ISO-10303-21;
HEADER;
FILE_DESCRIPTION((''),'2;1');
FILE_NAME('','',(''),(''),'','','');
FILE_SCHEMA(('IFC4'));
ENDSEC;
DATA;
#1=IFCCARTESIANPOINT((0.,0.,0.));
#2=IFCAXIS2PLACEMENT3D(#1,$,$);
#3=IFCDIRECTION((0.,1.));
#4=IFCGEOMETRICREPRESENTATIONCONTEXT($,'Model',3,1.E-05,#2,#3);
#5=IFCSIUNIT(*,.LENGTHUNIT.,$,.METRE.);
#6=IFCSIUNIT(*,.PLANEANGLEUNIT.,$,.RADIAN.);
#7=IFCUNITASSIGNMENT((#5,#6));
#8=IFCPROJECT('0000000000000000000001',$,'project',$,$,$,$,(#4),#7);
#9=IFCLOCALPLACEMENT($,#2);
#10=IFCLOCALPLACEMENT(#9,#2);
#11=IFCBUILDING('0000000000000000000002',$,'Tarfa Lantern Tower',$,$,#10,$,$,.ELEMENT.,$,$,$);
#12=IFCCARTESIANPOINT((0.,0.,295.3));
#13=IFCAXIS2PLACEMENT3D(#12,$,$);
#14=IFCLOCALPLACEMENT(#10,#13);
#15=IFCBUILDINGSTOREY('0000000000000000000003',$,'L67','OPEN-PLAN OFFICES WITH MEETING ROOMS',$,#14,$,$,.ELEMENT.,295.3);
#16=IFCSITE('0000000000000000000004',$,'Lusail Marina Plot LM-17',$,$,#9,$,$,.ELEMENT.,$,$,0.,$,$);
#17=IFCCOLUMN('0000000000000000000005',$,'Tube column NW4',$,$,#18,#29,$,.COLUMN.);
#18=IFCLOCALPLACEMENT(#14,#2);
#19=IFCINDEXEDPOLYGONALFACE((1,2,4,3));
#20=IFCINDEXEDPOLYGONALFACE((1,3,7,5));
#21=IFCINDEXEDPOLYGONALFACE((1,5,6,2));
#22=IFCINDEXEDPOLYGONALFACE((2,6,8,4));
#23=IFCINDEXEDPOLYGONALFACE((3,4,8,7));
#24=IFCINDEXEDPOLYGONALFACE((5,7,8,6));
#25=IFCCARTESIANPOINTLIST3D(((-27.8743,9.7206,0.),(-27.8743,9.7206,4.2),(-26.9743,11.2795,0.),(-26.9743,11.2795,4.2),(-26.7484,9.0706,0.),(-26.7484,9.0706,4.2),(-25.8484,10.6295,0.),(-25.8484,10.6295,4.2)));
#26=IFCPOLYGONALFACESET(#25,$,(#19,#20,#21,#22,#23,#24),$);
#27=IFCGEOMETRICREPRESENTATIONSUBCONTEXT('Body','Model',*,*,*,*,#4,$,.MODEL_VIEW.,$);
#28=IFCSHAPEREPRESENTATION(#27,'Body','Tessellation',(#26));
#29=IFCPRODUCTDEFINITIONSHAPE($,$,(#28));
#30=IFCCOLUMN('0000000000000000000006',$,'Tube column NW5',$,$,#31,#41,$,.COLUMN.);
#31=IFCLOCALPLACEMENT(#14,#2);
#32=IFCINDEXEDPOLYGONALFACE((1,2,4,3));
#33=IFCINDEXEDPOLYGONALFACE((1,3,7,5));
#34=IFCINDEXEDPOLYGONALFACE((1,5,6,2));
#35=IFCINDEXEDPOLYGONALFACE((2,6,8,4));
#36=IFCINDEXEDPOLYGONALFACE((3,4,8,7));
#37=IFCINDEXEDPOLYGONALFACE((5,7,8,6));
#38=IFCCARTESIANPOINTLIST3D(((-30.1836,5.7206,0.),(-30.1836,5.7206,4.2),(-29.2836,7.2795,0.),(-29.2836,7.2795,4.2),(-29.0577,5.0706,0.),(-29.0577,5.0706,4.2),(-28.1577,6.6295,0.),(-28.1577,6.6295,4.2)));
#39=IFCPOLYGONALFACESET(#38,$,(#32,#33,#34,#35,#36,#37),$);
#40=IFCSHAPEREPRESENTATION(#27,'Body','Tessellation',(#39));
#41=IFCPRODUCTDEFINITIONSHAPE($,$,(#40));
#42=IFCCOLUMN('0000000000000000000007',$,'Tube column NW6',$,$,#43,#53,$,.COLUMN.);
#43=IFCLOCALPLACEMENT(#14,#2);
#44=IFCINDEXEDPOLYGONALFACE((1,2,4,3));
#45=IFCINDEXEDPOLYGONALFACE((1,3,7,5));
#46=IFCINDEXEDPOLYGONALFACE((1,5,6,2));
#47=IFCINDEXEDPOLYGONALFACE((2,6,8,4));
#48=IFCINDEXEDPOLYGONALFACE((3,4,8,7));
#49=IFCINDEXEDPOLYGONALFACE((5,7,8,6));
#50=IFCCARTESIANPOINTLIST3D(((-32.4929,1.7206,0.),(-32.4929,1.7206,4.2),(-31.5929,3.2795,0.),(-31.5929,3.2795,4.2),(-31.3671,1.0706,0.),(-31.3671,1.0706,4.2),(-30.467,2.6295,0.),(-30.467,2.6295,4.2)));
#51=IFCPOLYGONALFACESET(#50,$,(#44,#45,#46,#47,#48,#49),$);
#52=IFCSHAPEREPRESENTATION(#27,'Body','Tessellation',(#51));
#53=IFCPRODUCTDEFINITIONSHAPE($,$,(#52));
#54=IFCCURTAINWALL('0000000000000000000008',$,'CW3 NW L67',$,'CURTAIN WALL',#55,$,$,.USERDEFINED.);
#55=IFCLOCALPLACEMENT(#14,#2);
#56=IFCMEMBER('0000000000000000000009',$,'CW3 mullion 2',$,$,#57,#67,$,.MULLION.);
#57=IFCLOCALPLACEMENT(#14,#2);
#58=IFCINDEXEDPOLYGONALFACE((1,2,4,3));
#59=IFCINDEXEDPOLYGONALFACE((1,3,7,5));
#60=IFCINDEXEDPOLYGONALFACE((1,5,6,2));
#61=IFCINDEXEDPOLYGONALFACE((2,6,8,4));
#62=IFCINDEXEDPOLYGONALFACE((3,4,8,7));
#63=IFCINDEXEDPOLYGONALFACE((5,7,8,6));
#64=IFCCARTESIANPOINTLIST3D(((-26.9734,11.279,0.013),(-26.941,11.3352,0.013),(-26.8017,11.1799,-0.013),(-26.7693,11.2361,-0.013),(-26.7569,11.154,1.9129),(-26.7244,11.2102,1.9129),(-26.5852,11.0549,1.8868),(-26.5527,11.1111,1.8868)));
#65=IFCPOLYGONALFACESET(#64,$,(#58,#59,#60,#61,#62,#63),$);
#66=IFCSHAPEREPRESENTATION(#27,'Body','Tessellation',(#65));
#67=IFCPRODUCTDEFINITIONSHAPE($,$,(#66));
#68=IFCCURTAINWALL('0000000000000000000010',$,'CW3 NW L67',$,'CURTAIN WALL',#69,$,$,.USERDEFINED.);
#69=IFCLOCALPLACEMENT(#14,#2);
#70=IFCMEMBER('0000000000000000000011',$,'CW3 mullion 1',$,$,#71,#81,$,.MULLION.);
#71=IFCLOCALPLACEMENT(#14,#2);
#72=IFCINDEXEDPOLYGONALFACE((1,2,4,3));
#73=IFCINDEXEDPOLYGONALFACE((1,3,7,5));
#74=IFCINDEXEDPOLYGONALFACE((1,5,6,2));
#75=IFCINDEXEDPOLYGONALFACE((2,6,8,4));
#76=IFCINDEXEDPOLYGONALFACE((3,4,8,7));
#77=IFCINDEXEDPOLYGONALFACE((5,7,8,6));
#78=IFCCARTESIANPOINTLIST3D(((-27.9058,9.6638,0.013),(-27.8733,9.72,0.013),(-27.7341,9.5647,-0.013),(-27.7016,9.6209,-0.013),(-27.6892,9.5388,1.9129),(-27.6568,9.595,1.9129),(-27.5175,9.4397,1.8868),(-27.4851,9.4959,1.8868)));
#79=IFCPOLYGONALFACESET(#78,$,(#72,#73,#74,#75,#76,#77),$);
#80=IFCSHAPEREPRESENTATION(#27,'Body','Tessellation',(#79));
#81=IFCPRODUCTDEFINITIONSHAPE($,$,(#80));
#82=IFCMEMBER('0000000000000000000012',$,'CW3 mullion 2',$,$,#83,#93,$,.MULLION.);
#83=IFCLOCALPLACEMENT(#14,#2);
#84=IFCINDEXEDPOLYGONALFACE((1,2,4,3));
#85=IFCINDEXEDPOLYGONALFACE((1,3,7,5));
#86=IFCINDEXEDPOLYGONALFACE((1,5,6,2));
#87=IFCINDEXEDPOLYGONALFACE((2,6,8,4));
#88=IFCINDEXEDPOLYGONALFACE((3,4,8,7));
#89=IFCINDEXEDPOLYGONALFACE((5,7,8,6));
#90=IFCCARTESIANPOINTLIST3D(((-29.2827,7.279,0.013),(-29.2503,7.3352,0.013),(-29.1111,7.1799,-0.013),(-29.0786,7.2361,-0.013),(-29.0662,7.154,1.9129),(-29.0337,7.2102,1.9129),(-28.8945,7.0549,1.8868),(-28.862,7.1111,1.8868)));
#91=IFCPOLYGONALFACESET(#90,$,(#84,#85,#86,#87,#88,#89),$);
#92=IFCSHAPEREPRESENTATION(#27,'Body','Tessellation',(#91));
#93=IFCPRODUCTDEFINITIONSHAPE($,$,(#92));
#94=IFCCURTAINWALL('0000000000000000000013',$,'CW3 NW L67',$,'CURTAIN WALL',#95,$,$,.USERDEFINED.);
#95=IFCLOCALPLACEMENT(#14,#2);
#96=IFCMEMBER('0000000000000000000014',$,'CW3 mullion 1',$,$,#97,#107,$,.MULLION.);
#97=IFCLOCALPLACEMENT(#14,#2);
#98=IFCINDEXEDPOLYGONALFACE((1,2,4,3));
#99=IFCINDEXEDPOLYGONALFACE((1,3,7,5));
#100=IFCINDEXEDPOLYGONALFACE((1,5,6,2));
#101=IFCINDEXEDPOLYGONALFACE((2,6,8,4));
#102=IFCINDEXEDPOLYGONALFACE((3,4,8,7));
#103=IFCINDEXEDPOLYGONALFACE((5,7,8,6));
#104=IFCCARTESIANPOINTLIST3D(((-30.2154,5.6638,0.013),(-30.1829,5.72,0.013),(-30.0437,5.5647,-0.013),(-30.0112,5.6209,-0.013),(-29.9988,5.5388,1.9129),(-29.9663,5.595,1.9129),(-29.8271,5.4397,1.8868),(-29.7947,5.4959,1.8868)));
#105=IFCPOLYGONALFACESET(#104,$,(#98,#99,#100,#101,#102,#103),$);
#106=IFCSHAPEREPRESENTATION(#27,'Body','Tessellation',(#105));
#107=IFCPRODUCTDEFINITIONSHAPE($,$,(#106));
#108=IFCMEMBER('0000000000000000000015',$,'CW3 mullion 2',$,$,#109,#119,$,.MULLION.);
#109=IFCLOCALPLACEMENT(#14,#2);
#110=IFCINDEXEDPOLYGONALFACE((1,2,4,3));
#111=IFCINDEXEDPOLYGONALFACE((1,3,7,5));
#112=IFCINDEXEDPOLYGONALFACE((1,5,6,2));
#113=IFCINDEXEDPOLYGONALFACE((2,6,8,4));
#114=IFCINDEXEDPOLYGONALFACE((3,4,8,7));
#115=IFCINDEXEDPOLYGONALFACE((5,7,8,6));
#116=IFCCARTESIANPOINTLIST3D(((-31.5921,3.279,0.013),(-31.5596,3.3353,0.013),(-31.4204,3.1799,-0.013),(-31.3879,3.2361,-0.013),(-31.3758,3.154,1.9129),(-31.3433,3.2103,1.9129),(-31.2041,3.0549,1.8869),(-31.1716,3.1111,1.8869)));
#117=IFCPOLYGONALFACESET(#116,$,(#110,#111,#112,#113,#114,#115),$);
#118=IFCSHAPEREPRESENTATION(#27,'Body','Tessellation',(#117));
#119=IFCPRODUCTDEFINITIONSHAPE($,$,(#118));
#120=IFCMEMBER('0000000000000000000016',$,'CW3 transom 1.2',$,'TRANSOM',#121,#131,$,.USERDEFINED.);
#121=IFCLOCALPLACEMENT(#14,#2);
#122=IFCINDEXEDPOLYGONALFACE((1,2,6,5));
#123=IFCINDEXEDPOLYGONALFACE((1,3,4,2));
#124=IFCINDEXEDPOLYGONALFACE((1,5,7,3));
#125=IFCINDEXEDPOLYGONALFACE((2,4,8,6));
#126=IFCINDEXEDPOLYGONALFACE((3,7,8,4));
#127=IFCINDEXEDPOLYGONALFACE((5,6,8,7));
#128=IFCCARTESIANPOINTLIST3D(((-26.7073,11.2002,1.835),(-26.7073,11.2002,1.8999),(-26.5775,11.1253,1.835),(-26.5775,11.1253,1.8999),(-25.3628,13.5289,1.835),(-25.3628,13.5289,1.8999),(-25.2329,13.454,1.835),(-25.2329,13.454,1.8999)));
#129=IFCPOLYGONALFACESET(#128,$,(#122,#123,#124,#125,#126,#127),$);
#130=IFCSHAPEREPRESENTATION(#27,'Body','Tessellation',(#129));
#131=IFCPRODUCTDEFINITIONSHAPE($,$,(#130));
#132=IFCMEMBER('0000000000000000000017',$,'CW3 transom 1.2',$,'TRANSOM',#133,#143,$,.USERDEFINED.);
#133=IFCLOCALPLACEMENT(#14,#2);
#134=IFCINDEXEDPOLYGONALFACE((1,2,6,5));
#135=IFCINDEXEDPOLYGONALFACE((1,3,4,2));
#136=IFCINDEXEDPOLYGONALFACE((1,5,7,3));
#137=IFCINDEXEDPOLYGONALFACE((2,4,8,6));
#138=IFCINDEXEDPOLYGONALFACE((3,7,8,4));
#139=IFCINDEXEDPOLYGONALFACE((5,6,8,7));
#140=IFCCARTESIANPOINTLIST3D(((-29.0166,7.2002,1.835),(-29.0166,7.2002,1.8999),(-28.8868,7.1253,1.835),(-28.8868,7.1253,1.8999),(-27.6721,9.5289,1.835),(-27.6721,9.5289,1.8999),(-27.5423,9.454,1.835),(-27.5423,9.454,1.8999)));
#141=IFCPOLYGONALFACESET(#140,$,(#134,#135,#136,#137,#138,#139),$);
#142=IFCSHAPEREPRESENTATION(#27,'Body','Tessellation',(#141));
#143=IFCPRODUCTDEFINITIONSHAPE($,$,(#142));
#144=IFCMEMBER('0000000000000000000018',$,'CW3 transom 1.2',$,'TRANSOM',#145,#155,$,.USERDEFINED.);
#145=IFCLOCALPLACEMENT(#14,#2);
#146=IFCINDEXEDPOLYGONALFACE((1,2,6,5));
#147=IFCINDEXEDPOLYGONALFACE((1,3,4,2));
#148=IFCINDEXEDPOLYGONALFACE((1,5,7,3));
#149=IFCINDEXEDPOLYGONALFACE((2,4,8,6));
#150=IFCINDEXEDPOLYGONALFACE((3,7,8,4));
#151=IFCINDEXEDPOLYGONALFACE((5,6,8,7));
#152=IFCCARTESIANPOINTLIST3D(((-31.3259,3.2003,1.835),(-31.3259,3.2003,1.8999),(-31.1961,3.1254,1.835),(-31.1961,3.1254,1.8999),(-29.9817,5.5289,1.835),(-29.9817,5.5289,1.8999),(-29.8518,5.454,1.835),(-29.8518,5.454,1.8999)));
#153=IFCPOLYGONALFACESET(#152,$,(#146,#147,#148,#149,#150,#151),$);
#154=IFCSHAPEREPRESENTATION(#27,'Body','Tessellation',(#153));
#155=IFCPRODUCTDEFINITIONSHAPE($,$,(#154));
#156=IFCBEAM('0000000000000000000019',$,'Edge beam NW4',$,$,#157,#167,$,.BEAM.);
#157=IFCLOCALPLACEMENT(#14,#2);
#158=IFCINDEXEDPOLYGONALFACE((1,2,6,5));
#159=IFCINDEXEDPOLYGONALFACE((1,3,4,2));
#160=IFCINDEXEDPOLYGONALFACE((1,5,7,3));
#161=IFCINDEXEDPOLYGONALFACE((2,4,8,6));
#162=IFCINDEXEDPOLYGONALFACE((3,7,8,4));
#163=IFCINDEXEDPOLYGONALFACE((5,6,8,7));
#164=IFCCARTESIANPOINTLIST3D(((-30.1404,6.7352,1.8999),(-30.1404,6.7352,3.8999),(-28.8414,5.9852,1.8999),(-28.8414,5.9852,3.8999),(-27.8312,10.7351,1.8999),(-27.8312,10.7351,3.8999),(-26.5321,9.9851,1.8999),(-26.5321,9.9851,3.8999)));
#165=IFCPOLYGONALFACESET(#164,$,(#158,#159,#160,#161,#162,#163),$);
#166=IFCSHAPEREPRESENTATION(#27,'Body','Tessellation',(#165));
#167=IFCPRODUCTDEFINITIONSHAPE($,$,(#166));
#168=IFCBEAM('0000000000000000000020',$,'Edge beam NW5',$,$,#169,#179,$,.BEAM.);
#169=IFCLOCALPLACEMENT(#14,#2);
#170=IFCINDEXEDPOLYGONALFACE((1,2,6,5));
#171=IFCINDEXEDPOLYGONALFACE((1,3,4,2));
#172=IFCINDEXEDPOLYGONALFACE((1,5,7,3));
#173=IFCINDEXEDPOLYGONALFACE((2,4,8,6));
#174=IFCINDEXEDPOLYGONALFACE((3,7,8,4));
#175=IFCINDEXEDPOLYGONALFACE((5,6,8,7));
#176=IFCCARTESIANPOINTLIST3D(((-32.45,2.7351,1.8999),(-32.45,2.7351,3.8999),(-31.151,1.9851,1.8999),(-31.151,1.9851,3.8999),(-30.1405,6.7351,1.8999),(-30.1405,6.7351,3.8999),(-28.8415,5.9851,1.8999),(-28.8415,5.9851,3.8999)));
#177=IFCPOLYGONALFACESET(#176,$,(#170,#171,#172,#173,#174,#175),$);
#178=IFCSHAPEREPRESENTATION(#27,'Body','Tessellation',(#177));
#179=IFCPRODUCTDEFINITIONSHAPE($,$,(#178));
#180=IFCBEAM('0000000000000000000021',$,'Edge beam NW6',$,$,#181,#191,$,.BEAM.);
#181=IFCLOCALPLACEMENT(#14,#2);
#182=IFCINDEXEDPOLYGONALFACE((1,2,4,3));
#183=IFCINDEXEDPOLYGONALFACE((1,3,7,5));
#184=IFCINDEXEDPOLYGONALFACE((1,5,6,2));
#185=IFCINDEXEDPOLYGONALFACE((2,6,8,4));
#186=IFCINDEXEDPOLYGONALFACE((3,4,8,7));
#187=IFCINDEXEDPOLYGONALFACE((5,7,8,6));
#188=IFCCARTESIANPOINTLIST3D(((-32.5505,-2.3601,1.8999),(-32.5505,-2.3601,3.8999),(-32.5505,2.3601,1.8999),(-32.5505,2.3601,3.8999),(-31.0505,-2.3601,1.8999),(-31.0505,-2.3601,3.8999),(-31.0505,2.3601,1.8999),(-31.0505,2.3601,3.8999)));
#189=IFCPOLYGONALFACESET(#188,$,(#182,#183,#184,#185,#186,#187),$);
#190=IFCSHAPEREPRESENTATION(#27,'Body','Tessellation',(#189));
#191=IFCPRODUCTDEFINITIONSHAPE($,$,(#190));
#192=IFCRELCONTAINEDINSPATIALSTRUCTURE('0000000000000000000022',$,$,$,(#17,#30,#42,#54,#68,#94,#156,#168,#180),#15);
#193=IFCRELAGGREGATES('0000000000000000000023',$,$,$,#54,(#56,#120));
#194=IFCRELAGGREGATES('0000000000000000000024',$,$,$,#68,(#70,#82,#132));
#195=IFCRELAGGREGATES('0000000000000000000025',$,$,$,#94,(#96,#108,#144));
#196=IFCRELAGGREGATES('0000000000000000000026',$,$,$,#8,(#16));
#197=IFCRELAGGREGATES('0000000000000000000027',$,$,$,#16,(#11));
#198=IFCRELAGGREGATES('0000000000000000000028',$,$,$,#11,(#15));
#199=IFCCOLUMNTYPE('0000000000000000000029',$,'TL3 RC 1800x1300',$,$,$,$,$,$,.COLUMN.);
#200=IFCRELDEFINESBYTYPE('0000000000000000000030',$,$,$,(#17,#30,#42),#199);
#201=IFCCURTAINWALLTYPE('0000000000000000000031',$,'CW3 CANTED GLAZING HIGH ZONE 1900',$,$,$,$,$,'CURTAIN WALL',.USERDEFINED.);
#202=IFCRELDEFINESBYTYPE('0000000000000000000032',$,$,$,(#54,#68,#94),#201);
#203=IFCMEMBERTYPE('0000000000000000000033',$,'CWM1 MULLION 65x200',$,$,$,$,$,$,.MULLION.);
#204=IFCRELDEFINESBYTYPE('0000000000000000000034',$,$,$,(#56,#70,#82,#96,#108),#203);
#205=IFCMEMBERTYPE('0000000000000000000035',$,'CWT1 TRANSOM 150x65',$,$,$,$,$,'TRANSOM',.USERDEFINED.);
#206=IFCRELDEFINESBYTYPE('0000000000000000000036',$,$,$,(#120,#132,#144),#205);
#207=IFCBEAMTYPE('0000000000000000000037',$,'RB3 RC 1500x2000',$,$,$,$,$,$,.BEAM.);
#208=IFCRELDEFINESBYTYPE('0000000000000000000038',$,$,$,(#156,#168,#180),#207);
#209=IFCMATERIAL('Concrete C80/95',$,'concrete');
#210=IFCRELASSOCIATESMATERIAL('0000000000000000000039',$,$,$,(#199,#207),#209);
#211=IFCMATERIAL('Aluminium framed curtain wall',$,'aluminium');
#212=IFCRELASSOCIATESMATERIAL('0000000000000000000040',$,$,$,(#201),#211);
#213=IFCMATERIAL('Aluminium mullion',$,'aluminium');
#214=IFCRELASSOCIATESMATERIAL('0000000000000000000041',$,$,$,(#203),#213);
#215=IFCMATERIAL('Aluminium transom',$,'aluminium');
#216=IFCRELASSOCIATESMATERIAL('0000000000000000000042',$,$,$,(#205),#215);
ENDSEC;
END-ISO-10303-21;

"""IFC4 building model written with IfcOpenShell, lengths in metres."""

from ifc_helpers import new_model, si_unit, direction, frame, origin, origin_2d, place, context, subcontext, project, spatial, rectangle, extrude, material, material_profile, profile_set, type_object, element, aggregate, save


model = new_model("IFC4")

# Units and contexts
model_context = context("Model", 3, precision=1e-05, world=origin(), true_north=direction((0.0, 1.0)))
body_context = subcontext(model_context, "Body", "Model", "MODEL_VIEW")
ifc_project = project(units=[si_unit("LENGTHUNIT", "METRE"), si_unit("PLANEANGLEUNIT", "RADIAN")], contexts=[model_context])

# Site, building, storey
site_placement = place(None, origin())
site = spatial("IfcSite", under=ifc_project, at=site_placement, Name="Lusail Marina Plot LM-17", CompositionType="ELEMENT", RefElevation=0.0)
building_placement = place(site_placement, origin())
building = spatial("IfcBuilding", under=site, at=building_placement, Name="Tarfa Lantern Tower", CompositionType="ELEMENT")
storey_placement = place(building_placement, frame((0.0, 0.0, 295.3)))
storey = spatial("IfcBuildingStorey", under=building, at=storey_placement, Name="L67", Description="OPEN-PLAN OFFICES WITH MEETING ROOMS", CompositionType="ELEMENT", Elevation=295.3)

# Columns
ifc_material_1 = material(Name="Concrete C80/95", Category="concrete")
ifc_material_profile_1 = material_profile(ifc_material_1, rectangle(XDim=1.8, YDim=1.3, at=origin_2d()), Name="RC 1800x1300")
ifc_profile_set_1 = profile_set([ifc_material_profile_1], Name="Concrete C80/95")
column_type = type_object("IfcColumnType", Name="TL3 RC 1800x1300", PredefinedType="COLUMN", material=ifc_profile_set_1)
for number, where, z_axis, x_axis, name in (
    (1, (-26.8613, 10.175, 0.0), (0.0, 0.0, 1.0), (-0.5, -0.866025, 0.0), "Tube column NW4"),
    (2, (-29.1707, 6.175, 0.0), (0.0, 0.0, 1.0), (-0.5, -0.866025, 0.0), "Tube column NW5"),
    (3, (-31.48, 2.175, 0.0), (0.0, 0.0, 1.0), (-0.5, -0.866025, 0.0), "Tube column NW6"),
):
    element("IfcColumn", number, at=place(storey_placement, frame(where, z_axis=z_axis, x_axis=x_axis)), inside=storey, type_object=column_type, Name=name, PredefinedType="COLUMN", context=body_context, shape_type="SweptSolid", body=[
        extrude(rectangle(XDim=1.8, YDim=1.3, at=origin_2d()), origin(), (0.0, 0.0, 1.0), 4.2),
    ])

# Curtain wall, member
ifc_material_2 = material(Name="Aluminium framed curtain wall", Category="aluminium")
curtain_wall_type = type_object("IfcCurtainWallType", Name="CW3 CANTED GLAZING HIGH ZONE 1900", ElementType="CURTAIN WALL", PredefinedType="USERDEFINED", material=ifc_material_2)
curtain_wall_1_placement = place(storey_placement, origin())
curtain_wall_1 = element("IfcCurtainWall", 4, at=curtain_wall_1_placement, inside=storey, type_object=curtain_wall_type, Name="CW3 NW L67", ObjectType="CURTAIN WALL", PredefinedType="USERDEFINED")
ifc_material_3 = material(Name="Aluminium mullion", Category="aluminium")
ifc_material_profile_2 = material_profile(ifc_material_3, rectangle(XDim=0.0649, YDim=0.2, at=origin_2d()), Name="AL MULLION 65x200")
ifc_profile_set_2 = profile_set([ifc_material_profile_2], Name="Aluminium mullion")
member_type_1 = type_object("IfcMemberType", Name="CWM1 MULLION 65x200", PredefinedType="MULLION", material=ifc_profile_set_2)
member_1_placement = place(storey_placement, frame((-26.8713, 11.2576, 0.0), z_axis=(0.113007, -0.06523, 0.991451), x_axis=(0.49992, 0.866072, 0.0)))
member_1 = element("IfcMember", 5, at=member_1_placement, type_object=member_type_1, Name="CW3 mullion 2", PredefinedType="MULLION", context=body_context, shape_type="SweptSolid", body=[
    extrude(rectangle(XDim=0.0649, YDim=0.2, at=origin_2d()), origin(), (0.0, 0.0, 1.0), 1.9163),
])

# Curtain walls, members
curtain_wall_2_placement = place(storey_placement, origin())
curtain_wall_2 = element("IfcCurtainWall", 6, at=curtain_wall_2_placement, inside=storey, type_object=curtain_wall_type, Name="CW3 NW L67", ObjectType="CURTAIN WALL", PredefinedType="USERDEFINED")
member_2_placement = place(storey_placement, frame((-27.8037, 9.6423, 0.0), z_axis=(0.113007, -0.06523, 0.991451), x_axis=(0.49992, 0.866072, 0.0)))
member_2 = element("IfcMember", 7, at=member_2_placement, type_object=member_type_1, Name="CW3 mullion 1", PredefinedType="MULLION", context=body_context, shape_type="SweptSolid", body=[
    extrude(rectangle(XDim=0.0649, YDim=0.2, at=origin_2d()), origin(), (0.0, 0.0, 1.0), 1.9163),
])
member_3_placement = place(storey_placement, frame((-29.1807, 7.2576, 0.0), z_axis=(0.113007, -0.06523, 0.991451), x_axis=(0.49992, 0.866072, 0.0)))
member_3 = element("IfcMember", 8, at=member_3_placement, type_object=member_type_1, Name="CW3 mullion 2", PredefinedType="MULLION", context=body_context, shape_type="SweptSolid", body=[
    extrude(rectangle(XDim=0.0649, YDim=0.2, at=origin_2d()), origin(), (0.0, 0.0, 1.0), 1.9163),
])
curtain_wall_3_placement = place(storey_placement, origin())
curtain_wall_3 = element("IfcCurtainWall", 9, at=curtain_wall_3_placement, inside=storey, type_object=curtain_wall_type, Name="CW3 NW L67", ObjectType="CURTAIN WALL", PredefinedType="USERDEFINED")
member_4_placement = place(storey_placement, frame((-30.1133, 5.6423, 0.0), z_axis=(0.113007, -0.06523, 0.991451), x_axis=(0.49992, 0.866072, 0.0)))
member_4 = element("IfcMember", 10, at=member_4_placement, type_object=member_type_1, Name="CW3 mullion 1", PredefinedType="MULLION", context=body_context, shape_type="SweptSolid", body=[
    extrude(rectangle(XDim=0.0649, YDim=0.2, at=origin_2d()), origin(), (0.0, 0.0, 1.0), 1.9163),
])
member_5_placement = place(storey_placement, frame((-31.49, 3.2576, 0.0), z_axis=(0.112881, -0.065231, 0.991465), x_axis=(0.500343, 0.865827, 0.0)))
member_5 = element("IfcMember", 11, at=member_5_placement, type_object=member_type_1, Name="CW3 mullion 2", PredefinedType="MULLION", context=body_context, shape_type="SweptSolid", body=[
    extrude(rectangle(XDim=0.0649, YDim=0.2, at=origin_2d()), origin(), (0.0, 0.0, 1.0), 1.9163),
])

# Members
ifc_material_4 = material(Name="Aluminium transom", Category="aluminium")
ifc_material_profile_3 = material_profile(ifc_material_4, rectangle(XDim=0.1499, YDim=0.0649, at=origin_2d()), Name="AL TRANSOM 150x65")
ifc_profile_set_3 = profile_set([ifc_material_profile_3], Name="Aluminium transom")
member_type_2 = type_object("IfcMemberType", Name="CWT1 TRANSOM 150x65", ElementType="TRANSOM", PredefinedType="USERDEFINED", material=ifc_profile_set_3)
member_6_placement = place(storey_placement, frame((-25.2979, 13.4915, 1.8674), z_axis=(-0.500016, -0.866016, 0.0), x_axis=(0.866016, -0.500016, 0.0)))
member_6 = element("IfcMember", 12, at=member_6_placement, type_object=member_type_2, Name="CW3 transom 1.2", ObjectType="TRANSOM", PredefinedType="USERDEFINED", context=body_context, shape_type="SweptSolid", body=[
    extrude(rectangle(XDim=0.1499, YDim=0.0649, at=origin_2d()), origin(), (0.0, 0.0, 1.0), 2.689),
])
aggregate(curtain_wall_1, [member_1, member_6])
member_7_placement = place(storey_placement, frame((-27.6072, 9.4915, 1.8674), z_axis=(-0.500016, -0.866016, 0.0), x_axis=(0.866016, -0.500016, 0.0)))
member_7 = element("IfcMember", 13, at=member_7_placement, type_object=member_type_2, Name="CW3 transom 1.2", ObjectType="TRANSOM", PredefinedType="USERDEFINED", context=body_context, shape_type="SweptSolid", body=[
    extrude(rectangle(XDim=0.1499, YDim=0.0649, at=origin_2d()), origin(), (0.0, 0.0, 1.0), 2.689),
])
member_8_placement = place(storey_placement, frame((-29.9167, 5.4915, 1.8674), z_axis=(-0.499948, -0.866056, 0.0), x_axis=(0.866056, -0.499948, 0.0)))
member_8 = element("IfcMember", 14, at=member_8_placement, type_object=member_type_2, Name="CW3 transom 1.2", ObjectType="TRANSOM", PredefinedType="USERDEFINED", context=body_context, shape_type="SweptSolid", body=[
    extrude(rectangle(XDim=0.1499, YDim=0.0649, at=origin_2d()), origin(), (0.0, 0.0, 1.0), 2.6887),
])

# Beams
ifc_material_profile_4 = material_profile(ifc_material_1, rectangle(XDim=1.5, YDim=2.0, at=origin_2d()), Name="RC 1500x2000")
ifc_profile_set_4 = profile_set([ifc_material_profile_4], Name="Concrete C80/95")
beam_type_1 = type_object("IfcBeamType", Name="RB3 RC 1500x2000", PredefinedType="BEAM", material=ifc_profile_set_4)
beam_1_placement = place(storey_placement, frame((-27.1816, 10.3601, 2.8999), z_axis=(-0.499988, -0.866032, 0.0), x_axis=(0.866032, -0.499988, 0.0)))
element("IfcBeam", 15, at=beam_1_placement, inside=storey, type_object=beam_type_1, Name="Edge beam NW4", PredefinedType="BEAM", context=body_context, shape_type="SweptSolid", body=[
    extrude(rectangle(XDim=1.5, YDim=2.0, at=origin_2d()), origin(), (0.0, 0.0, 1.0), 4.6187),
])
beam_2_placement = place(storey_placement, frame((-29.491, 6.3601, 2.8999), z_axis=(-0.500027, -0.86601, 0.0), x_axis=(0.86601, -0.500027, 0.0)))
element("IfcBeam", 16, at=beam_2_placement, inside=storey, type_object=beam_type_1, Name="Edge beam NW5", PredefinedType="BEAM", context=body_context, shape_type="SweptSolid", body=[
    extrude(rectangle(XDim=1.5, YDim=2.0, at=origin_2d()), origin(), (0.0, 0.0, 1.0), 4.6189),
])
beam_3_placement = place(storey_placement, frame((-31.8005, 2.3601, 2.8999), z_axis=(0.0, -1.0, 0.0), x_axis=(1.0, 0.0, 0.0)))
element("IfcBeam", 17, at=beam_3_placement, inside=storey, type_object=beam_type_1, Name="Edge beam NW6", PredefinedType="BEAM", context=body_context, shape_type="SweptSolid", body=[
    extrude(rectangle(XDim=1.5, YDim=2.0, at=origin_2d()), origin(), (0.0, 0.0, 1.0), 4.7202),
])

aggregate(curtain_wall_2, [member_2, member_3, member_7])
aggregate(curtain_wall_3, [member_4, member_5, member_8])

save(model, "model.ifc")
